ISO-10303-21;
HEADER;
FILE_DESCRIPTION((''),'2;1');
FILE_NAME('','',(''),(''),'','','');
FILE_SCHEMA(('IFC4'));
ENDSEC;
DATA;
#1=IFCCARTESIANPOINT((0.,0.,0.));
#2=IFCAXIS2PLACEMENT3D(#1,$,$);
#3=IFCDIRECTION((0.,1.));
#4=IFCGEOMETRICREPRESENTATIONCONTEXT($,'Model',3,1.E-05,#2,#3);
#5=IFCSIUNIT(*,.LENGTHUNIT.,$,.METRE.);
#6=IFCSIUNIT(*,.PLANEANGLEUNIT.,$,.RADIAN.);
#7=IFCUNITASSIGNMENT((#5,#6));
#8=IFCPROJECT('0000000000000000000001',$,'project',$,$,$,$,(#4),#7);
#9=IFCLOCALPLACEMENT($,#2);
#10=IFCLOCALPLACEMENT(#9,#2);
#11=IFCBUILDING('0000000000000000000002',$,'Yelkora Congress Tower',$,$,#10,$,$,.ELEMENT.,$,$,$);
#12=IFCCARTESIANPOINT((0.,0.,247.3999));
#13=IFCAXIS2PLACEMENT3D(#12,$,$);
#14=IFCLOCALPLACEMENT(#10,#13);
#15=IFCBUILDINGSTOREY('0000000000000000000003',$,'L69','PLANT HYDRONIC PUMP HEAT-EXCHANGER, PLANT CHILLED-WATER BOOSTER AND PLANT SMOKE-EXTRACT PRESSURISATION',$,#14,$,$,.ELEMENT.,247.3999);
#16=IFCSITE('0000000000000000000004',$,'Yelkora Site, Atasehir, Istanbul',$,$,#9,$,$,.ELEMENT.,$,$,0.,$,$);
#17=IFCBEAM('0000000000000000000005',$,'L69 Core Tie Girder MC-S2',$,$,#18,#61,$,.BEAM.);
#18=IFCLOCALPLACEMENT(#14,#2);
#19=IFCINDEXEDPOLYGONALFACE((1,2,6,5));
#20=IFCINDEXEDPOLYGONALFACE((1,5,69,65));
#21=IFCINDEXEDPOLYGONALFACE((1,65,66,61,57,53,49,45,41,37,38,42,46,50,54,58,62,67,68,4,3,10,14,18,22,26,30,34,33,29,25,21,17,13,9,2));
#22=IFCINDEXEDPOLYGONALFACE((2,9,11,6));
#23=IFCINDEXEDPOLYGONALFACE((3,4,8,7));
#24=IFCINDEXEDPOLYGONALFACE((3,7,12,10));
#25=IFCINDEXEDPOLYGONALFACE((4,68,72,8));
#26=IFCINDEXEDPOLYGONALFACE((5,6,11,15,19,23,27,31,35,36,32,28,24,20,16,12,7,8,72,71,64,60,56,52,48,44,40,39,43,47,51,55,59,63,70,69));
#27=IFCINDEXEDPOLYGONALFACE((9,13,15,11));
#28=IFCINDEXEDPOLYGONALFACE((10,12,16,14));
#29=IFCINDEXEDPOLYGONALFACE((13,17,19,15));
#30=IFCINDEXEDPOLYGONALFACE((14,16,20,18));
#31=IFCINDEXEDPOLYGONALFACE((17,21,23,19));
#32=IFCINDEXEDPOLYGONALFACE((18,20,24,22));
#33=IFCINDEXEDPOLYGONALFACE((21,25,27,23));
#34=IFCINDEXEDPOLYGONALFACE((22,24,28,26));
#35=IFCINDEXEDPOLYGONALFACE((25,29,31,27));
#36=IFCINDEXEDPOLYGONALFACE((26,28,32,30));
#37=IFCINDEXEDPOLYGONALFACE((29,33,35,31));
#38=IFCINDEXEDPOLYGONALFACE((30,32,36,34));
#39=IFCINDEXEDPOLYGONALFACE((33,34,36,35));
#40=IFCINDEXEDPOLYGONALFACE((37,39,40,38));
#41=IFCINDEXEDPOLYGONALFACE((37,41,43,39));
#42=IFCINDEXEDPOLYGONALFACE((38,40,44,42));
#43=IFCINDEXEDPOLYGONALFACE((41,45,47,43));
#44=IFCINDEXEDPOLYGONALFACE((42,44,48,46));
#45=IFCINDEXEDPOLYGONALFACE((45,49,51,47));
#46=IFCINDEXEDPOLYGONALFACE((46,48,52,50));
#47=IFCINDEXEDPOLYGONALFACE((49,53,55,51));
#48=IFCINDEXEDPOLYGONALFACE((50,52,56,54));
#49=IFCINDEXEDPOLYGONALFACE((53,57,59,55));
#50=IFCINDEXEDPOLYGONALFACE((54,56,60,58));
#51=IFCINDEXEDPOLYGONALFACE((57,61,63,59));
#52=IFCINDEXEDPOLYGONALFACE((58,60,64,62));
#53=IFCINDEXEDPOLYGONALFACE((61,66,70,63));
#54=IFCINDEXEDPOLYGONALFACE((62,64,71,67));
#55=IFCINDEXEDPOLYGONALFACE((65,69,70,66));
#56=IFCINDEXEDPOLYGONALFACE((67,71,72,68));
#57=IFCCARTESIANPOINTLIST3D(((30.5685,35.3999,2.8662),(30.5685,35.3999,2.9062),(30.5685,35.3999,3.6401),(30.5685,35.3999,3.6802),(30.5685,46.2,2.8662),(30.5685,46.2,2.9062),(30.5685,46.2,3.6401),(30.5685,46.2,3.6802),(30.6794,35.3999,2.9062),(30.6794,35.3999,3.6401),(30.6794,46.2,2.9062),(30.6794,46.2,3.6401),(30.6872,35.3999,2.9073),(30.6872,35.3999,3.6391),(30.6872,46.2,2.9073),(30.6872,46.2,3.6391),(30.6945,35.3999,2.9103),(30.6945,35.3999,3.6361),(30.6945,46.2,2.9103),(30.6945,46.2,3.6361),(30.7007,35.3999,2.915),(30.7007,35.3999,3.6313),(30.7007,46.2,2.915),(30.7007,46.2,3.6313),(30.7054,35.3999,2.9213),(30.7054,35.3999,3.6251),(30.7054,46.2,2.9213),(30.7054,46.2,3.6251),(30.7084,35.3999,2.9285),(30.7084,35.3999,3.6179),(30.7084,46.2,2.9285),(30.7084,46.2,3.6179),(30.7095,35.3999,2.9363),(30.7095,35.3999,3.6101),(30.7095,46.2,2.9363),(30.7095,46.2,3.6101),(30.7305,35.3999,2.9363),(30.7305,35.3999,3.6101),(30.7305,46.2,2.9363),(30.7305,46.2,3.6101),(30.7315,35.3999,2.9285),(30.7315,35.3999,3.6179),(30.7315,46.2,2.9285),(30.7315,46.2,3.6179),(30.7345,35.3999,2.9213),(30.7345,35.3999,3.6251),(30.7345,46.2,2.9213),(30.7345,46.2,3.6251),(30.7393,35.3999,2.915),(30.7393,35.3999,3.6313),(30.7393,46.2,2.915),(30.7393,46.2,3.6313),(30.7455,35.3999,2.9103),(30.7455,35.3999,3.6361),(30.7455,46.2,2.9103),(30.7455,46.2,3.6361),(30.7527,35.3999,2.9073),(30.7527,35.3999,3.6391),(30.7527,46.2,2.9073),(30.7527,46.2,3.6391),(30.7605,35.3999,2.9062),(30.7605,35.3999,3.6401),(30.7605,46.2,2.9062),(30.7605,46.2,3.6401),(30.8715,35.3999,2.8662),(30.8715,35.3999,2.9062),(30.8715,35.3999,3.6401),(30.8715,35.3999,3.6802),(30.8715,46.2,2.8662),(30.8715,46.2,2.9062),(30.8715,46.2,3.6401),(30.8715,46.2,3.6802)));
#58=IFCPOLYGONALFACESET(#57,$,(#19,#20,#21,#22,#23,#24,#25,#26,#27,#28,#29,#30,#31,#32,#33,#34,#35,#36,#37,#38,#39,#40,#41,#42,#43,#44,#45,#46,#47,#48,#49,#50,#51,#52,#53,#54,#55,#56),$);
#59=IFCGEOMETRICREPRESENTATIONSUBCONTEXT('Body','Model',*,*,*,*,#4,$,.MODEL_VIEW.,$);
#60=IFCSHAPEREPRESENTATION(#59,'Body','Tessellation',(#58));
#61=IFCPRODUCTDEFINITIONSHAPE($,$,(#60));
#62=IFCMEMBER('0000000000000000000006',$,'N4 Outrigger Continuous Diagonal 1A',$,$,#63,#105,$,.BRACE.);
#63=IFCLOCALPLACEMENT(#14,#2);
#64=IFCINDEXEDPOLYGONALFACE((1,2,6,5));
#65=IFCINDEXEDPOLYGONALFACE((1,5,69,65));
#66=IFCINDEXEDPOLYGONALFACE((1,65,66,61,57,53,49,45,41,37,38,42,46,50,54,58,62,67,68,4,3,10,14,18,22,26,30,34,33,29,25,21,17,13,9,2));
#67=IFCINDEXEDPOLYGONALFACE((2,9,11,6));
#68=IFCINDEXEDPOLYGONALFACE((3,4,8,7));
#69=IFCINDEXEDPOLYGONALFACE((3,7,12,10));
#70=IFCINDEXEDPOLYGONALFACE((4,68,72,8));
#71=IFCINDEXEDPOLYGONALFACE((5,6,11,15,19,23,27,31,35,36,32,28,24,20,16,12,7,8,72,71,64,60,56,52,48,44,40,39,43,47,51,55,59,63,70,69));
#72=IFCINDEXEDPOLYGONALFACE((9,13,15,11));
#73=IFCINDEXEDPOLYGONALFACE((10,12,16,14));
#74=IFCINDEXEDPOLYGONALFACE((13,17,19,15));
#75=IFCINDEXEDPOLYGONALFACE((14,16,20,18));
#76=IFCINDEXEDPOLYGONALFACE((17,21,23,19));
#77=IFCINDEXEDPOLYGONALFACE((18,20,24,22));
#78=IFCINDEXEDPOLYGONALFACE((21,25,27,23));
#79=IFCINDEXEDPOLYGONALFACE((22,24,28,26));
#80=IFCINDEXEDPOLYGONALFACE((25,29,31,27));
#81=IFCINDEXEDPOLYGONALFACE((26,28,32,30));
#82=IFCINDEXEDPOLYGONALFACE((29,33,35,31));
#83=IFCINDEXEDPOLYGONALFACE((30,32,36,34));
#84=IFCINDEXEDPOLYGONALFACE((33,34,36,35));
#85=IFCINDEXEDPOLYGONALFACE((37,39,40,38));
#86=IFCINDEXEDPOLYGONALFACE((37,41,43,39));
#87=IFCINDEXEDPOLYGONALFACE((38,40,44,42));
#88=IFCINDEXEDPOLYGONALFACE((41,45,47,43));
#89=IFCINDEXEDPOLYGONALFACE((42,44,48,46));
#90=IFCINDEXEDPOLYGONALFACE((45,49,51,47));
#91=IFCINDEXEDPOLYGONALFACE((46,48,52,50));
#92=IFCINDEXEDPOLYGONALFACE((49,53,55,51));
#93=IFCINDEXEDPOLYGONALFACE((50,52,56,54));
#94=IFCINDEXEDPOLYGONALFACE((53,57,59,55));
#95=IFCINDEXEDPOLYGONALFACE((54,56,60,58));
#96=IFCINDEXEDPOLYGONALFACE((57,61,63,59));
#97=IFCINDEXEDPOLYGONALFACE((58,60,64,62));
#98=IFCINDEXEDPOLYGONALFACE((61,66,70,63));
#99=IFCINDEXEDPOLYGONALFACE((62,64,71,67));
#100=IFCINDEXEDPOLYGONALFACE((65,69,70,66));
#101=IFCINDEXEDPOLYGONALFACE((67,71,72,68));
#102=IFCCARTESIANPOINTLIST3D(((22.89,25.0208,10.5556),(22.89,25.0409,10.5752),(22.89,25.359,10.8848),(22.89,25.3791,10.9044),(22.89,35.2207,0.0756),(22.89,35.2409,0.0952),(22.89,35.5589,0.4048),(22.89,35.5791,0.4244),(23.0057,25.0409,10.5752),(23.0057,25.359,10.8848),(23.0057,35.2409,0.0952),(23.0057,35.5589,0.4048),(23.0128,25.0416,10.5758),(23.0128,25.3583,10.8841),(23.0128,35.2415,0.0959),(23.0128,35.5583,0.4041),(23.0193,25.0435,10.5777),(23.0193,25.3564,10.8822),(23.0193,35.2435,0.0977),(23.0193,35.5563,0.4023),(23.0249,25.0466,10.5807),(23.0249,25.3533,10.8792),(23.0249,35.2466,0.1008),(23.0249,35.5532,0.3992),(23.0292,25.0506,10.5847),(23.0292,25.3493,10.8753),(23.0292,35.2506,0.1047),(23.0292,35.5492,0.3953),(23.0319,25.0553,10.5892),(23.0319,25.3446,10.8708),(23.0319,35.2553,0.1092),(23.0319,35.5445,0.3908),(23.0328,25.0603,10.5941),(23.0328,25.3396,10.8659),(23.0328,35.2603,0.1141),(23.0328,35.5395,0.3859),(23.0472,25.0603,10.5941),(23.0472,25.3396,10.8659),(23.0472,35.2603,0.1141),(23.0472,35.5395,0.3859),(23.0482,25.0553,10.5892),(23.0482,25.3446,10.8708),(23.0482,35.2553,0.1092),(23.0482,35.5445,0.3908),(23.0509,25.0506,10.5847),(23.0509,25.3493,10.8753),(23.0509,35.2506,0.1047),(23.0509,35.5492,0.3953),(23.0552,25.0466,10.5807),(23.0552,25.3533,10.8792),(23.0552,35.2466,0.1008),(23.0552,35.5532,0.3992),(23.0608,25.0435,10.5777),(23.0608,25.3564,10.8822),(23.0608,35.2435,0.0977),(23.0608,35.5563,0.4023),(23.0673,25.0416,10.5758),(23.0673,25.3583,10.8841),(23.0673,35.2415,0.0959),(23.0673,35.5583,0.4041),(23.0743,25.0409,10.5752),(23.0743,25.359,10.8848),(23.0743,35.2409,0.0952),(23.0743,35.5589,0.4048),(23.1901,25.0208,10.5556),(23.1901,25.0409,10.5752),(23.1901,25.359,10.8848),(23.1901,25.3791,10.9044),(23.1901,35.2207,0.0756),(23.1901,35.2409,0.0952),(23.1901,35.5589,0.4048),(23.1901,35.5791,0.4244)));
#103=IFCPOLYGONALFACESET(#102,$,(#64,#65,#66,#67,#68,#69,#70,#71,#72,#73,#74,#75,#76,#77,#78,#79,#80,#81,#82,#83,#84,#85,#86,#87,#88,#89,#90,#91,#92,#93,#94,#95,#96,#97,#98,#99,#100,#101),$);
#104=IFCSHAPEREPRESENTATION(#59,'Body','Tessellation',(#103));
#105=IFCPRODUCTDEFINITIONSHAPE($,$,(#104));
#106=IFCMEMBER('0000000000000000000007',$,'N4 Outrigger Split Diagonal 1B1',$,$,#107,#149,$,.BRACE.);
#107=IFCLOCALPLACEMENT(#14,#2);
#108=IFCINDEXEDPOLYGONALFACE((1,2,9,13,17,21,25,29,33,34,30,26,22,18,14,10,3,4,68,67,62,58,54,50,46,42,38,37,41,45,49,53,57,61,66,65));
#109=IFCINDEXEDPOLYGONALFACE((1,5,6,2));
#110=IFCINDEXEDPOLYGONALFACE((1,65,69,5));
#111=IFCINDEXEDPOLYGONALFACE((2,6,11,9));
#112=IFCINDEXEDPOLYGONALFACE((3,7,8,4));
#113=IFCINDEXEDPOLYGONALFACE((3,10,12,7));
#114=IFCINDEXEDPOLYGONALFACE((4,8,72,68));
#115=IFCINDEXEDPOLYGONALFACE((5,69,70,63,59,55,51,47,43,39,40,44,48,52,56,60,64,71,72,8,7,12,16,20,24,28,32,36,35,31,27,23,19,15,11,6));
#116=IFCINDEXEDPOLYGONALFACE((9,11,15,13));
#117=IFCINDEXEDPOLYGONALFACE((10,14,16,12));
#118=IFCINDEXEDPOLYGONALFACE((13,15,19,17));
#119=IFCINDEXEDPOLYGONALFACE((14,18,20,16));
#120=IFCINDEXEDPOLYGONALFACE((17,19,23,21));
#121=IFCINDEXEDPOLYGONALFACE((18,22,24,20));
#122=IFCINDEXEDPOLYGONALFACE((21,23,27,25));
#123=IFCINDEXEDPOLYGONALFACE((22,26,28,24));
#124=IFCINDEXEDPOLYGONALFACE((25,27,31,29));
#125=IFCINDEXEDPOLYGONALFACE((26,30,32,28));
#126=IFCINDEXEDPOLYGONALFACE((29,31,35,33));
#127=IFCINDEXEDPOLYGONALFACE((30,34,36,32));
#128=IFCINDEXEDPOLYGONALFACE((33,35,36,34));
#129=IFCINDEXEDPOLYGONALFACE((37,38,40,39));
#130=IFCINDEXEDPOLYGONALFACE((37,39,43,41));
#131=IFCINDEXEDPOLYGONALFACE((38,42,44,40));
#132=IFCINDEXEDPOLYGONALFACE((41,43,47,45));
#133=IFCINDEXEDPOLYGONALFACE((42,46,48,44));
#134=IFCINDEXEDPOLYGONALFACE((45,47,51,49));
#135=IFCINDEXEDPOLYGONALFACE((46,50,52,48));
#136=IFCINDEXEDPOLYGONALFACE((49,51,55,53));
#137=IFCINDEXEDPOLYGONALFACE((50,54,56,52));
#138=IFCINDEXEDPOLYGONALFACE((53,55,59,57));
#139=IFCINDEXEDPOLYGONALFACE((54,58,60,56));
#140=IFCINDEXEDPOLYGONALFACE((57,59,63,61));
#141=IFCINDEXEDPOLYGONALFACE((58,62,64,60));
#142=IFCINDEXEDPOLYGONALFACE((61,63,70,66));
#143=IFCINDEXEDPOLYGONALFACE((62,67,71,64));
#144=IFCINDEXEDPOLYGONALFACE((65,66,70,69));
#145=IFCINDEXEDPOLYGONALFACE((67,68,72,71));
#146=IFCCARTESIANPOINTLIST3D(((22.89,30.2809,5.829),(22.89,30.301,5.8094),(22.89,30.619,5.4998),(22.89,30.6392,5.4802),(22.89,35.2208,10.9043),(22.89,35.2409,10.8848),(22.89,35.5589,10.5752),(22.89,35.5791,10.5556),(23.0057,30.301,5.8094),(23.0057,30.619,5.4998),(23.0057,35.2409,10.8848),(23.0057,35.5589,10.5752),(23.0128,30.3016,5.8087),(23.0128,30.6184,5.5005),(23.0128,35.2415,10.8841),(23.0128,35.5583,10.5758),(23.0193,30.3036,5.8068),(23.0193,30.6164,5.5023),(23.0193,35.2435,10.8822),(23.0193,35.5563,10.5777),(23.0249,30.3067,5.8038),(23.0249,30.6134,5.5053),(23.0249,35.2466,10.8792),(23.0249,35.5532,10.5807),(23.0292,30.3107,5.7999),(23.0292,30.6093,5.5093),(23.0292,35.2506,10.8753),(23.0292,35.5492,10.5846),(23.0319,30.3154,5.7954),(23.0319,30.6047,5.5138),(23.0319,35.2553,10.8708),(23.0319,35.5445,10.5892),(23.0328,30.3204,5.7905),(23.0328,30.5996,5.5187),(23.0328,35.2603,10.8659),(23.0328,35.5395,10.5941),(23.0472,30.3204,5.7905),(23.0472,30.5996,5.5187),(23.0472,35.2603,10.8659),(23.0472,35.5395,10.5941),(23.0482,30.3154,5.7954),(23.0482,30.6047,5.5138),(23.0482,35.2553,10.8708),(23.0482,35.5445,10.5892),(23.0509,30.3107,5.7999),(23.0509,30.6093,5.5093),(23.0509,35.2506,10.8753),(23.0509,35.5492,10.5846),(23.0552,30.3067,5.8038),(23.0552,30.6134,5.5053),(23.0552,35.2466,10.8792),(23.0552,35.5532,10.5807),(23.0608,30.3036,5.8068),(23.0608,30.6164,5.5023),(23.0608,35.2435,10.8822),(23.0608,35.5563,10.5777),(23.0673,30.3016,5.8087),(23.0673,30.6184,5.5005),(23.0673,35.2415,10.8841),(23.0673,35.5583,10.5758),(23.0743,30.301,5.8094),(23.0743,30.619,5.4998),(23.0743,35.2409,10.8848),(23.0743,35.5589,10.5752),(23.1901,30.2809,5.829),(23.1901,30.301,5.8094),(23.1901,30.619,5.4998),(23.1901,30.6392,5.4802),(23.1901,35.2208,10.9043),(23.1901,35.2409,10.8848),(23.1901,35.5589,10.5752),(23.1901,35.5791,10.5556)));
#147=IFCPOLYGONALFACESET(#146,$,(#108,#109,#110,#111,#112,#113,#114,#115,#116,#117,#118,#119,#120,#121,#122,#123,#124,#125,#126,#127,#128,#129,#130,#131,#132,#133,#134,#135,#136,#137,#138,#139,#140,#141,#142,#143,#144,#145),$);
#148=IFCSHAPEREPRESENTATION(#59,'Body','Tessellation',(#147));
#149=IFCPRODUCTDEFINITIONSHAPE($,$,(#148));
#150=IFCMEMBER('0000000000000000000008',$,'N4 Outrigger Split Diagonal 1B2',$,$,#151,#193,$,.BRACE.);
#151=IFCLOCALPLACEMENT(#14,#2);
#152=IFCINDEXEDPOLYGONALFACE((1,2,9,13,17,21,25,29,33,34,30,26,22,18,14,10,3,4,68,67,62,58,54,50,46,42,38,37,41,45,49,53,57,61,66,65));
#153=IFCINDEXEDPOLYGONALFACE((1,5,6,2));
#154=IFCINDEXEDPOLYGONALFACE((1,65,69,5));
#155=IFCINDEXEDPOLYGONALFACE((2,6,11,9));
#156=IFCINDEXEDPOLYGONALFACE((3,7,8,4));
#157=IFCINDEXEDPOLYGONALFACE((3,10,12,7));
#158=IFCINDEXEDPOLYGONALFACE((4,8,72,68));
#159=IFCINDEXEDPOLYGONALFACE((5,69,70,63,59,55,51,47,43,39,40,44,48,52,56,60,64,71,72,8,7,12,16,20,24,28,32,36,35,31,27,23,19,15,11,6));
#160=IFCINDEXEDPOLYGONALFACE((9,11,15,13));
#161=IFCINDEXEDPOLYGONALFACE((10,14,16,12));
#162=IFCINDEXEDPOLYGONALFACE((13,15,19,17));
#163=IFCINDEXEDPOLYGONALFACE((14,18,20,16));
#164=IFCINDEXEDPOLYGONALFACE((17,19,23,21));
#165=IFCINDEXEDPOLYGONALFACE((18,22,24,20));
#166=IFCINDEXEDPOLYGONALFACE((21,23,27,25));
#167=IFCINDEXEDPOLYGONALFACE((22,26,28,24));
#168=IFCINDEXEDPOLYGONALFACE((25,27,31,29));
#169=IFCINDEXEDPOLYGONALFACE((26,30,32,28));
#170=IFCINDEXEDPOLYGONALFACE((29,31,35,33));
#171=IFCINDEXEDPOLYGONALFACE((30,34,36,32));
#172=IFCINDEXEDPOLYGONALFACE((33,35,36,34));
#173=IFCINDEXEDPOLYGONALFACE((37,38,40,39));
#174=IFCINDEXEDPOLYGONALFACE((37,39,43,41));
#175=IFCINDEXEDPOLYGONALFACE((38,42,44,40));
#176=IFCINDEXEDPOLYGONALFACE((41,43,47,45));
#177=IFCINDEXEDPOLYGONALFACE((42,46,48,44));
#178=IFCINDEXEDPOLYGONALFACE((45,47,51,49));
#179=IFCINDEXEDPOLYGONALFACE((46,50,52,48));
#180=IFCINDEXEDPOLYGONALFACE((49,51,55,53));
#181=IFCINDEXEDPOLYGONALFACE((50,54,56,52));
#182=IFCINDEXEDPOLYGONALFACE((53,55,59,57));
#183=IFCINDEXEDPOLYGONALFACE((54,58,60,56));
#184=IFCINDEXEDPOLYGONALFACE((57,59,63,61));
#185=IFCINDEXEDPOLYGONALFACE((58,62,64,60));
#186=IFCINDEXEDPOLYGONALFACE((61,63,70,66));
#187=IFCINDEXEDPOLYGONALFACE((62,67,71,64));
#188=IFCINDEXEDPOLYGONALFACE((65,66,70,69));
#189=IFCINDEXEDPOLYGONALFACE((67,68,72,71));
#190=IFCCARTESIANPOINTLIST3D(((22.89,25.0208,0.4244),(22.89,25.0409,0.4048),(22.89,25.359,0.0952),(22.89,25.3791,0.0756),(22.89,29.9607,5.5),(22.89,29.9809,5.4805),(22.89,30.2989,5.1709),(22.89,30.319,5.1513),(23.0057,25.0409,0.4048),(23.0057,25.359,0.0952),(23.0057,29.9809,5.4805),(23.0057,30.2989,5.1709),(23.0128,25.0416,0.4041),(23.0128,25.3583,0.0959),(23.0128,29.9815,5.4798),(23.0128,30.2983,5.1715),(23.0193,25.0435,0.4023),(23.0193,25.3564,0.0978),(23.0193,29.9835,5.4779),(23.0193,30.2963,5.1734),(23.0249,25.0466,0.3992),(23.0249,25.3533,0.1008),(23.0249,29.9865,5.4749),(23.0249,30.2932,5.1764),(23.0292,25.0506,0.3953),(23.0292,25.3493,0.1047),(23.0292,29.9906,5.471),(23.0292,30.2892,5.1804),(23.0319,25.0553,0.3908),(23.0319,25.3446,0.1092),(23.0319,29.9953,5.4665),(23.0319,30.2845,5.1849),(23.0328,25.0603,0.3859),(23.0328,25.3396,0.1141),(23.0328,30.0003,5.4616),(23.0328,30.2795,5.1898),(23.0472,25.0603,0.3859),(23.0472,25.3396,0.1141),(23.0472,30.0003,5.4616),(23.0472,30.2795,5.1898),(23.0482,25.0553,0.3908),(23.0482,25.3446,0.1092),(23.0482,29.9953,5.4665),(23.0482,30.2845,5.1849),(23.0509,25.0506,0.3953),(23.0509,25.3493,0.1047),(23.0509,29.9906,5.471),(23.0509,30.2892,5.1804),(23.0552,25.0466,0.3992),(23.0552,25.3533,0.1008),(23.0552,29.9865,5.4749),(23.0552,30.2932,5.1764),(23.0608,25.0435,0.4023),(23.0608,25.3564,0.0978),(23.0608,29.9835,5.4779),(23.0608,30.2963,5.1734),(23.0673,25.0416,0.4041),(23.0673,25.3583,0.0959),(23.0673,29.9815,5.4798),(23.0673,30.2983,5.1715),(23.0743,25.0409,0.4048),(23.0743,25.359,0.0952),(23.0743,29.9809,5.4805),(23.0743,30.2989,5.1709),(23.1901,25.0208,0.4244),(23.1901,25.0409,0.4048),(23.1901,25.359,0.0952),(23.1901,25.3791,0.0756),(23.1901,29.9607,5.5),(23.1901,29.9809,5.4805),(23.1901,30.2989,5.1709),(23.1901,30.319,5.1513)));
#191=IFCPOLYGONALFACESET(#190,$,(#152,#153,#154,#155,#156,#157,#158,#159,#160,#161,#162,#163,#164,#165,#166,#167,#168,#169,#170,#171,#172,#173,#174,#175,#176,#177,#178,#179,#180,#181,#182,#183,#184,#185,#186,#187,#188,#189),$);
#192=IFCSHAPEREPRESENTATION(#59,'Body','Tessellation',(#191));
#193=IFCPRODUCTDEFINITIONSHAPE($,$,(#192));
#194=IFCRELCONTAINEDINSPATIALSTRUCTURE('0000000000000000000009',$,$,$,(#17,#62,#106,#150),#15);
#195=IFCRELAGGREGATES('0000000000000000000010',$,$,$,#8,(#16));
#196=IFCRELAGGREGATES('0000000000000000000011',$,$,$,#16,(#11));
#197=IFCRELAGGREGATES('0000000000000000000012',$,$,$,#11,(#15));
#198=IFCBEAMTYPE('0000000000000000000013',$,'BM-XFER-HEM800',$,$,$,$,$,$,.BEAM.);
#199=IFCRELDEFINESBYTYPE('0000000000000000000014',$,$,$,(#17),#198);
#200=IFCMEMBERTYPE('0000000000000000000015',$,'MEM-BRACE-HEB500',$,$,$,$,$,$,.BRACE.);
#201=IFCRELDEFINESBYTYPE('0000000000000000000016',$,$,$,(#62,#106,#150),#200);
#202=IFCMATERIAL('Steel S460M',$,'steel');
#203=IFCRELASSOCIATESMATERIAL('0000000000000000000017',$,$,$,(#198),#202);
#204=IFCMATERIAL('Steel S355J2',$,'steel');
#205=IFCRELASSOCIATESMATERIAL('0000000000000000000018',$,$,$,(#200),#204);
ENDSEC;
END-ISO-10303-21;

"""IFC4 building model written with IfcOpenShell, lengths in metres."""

from ifc_helpers import new_model, si_unit, direction, frame, origin, origin_2d, place, context, subcontext, project, spatial, i_section, extrude, material, material_profile, profile_set, type_object, element, save


model = new_model("IFC4")

# Units and contexts
model_context = context("Model", 3, precision=1e-05, world=origin(), true_north=direction((0.0, 1.0)))
body_context = subcontext(model_context, "Body", "Model", "MODEL_VIEW")
ifc_project = project(units=[si_unit("LENGTHUNIT", "METRE"), si_unit("PLANEANGLEUNIT", "RADIAN")], contexts=[model_context])

# Site, building, storey
site_placement = place(None, origin())
site = spatial("IfcSite", under=ifc_project, at=site_placement, Name="Yelkora Site, Atasehir, Istanbul", CompositionType="ELEMENT", RefElevation=0.0)
building_placement = place(site_placement, origin())
building = spatial("IfcBuilding", under=site, at=building_placement, Name="Yelkora Congress Tower", CompositionType="ELEMENT")
storey_placement = place(building_placement, frame((0.0, 0.0, 247.3999)))
storey = spatial("IfcBuildingStorey", under=building, at=storey_placement, Name="L69", Description="PLANT HYDRONIC PUMP HEAT-EXCHANGER, PLANT CHILLED-WATER BOOSTER AND PLANT SMOKE-EXTRACT PRESSURISATION", CompositionType="ELEMENT", Elevation=247.3999)

# Shared definitions
ifc_material_1 = material(Name="Steel S460M", Category="steel")

# Beam
ifc_material_profile_1 = material_profile(ifc_material_1, i_section(OverallWidth=0.303, OverallDepth=0.814, WebThickness=0.021, FlangeThickness=0.04, FilletRadius=0.03, at=origin_2d()), Name="HEM 800")
ifc_profile_set_1 = profile_set([ifc_material_profile_1], Name="Steel S460M")
beam_type = type_object("IfcBeamType", Name="BM-XFER-HEM800", PredefinedType="BEAM", material=ifc_profile_set_1)
beam_placement = place(storey_placement, frame((30.72, 35.3999, 3.2732), z_axis=(0.0, 1.0, 0.0), x_axis=(-1.0, 0.0, 0.0)))
element("IfcBeam", 1, at=beam_placement, inside=storey, type_object=beam_type, Name="L69 Core Tie Girder MC-S2", PredefinedType="BEAM", context=body_context, shape_type="SweptSolid", body=[
    extrude(i_section(OverallWidth=0.303, OverallDepth=0.814, WebThickness=0.021, FlangeThickness=0.04, FilletRadius=0.03, at=origin_2d()), origin(), (0.0, 0.0, 1.0), 10.8),
])

# Members
ifc_material_2 = material(Name="Steel S355J2", Category="steel")
ifc_material_profile_2 = material_profile(ifc_material_2, i_section(OverallWidth=0.3, OverallDepth=0.5, WebThickness=0.0144, FlangeThickness=0.0281, FilletRadius=0.0271, at=origin_2d()), Name="HEB 500")
ifc_profile_set_2 = profile_set([ifc_material_profile_2], Name="Steel S355J2")
member_type_1 = type_object("IfcMemberType", Name="MEM-BRACE-HEB500", PredefinedType="BRACE", material=ifc_profile_set_2)
member_1_placement = place(storey_placement, frame((23.04, 35.3999, 0.25), z_axis=(0.0, -0.697468, 0.716616), x_axis=(1.0, 0.0, 0.0)))
element("IfcMember", 2, at=member_1_placement, inside=storey, type_object=member_type_1, Name="N4 Outrigger Continuous Diagonal 1A", PredefinedType="BRACE", context=body_context, shape_type="SweptSolid", body=[
    extrude(i_section(OverallWidth=0.3, OverallDepth=0.5, WebThickness=0.0144, FlangeThickness=0.0281, FilletRadius=0.0271, at=origin_2d()), origin(), (0.0, 0.0, 1.0), 14.6243),
])
member_2_placement = place(storey_placement, frame((23.04, 35.3999, 10.73), z_axis=(0.0, -0.697477, -0.716608), x_axis=(1.0, 0.0, 0.0)))
element("IfcMember", 3, at=member_2_placement, inside=storey, type_object=member_type_1, Name="N4 Outrigger Split Diagonal 1B1", PredefinedType="BRACE", context=body_context, shape_type="SweptSolid", body=[
    extrude(i_section(OverallWidth=0.3, OverallDepth=0.5, WebThickness=0.0144, FlangeThickness=0.0281, FilletRadius=0.0271, at=origin_2d()), origin(), (0.0, 0.0, 1.0), 7.0825),
])
member_3_placement = place(storey_placement, frame((23.04, 30.1399, 5.3257), z_axis=(0.0, -0.697459, -0.716624), x_axis=(1.0, 0.0, 0.0)))
element("IfcMember", 4, at=member_3_placement, inside=storey, type_object=member_type_1, Name="N4 Outrigger Split Diagonal 1B2", PredefinedType="BRACE", context=body_context, shape_type="SweptSolid", body=[
    extrude(i_section(OverallWidth=0.3, OverallDepth=0.5, WebThickness=0.0144, FlangeThickness=0.0281, FilletRadius=0.0271, at=origin_2d()), origin(), (0.0, 0.0, 1.0), 7.0828),
])

save(model, "model.ifc")
